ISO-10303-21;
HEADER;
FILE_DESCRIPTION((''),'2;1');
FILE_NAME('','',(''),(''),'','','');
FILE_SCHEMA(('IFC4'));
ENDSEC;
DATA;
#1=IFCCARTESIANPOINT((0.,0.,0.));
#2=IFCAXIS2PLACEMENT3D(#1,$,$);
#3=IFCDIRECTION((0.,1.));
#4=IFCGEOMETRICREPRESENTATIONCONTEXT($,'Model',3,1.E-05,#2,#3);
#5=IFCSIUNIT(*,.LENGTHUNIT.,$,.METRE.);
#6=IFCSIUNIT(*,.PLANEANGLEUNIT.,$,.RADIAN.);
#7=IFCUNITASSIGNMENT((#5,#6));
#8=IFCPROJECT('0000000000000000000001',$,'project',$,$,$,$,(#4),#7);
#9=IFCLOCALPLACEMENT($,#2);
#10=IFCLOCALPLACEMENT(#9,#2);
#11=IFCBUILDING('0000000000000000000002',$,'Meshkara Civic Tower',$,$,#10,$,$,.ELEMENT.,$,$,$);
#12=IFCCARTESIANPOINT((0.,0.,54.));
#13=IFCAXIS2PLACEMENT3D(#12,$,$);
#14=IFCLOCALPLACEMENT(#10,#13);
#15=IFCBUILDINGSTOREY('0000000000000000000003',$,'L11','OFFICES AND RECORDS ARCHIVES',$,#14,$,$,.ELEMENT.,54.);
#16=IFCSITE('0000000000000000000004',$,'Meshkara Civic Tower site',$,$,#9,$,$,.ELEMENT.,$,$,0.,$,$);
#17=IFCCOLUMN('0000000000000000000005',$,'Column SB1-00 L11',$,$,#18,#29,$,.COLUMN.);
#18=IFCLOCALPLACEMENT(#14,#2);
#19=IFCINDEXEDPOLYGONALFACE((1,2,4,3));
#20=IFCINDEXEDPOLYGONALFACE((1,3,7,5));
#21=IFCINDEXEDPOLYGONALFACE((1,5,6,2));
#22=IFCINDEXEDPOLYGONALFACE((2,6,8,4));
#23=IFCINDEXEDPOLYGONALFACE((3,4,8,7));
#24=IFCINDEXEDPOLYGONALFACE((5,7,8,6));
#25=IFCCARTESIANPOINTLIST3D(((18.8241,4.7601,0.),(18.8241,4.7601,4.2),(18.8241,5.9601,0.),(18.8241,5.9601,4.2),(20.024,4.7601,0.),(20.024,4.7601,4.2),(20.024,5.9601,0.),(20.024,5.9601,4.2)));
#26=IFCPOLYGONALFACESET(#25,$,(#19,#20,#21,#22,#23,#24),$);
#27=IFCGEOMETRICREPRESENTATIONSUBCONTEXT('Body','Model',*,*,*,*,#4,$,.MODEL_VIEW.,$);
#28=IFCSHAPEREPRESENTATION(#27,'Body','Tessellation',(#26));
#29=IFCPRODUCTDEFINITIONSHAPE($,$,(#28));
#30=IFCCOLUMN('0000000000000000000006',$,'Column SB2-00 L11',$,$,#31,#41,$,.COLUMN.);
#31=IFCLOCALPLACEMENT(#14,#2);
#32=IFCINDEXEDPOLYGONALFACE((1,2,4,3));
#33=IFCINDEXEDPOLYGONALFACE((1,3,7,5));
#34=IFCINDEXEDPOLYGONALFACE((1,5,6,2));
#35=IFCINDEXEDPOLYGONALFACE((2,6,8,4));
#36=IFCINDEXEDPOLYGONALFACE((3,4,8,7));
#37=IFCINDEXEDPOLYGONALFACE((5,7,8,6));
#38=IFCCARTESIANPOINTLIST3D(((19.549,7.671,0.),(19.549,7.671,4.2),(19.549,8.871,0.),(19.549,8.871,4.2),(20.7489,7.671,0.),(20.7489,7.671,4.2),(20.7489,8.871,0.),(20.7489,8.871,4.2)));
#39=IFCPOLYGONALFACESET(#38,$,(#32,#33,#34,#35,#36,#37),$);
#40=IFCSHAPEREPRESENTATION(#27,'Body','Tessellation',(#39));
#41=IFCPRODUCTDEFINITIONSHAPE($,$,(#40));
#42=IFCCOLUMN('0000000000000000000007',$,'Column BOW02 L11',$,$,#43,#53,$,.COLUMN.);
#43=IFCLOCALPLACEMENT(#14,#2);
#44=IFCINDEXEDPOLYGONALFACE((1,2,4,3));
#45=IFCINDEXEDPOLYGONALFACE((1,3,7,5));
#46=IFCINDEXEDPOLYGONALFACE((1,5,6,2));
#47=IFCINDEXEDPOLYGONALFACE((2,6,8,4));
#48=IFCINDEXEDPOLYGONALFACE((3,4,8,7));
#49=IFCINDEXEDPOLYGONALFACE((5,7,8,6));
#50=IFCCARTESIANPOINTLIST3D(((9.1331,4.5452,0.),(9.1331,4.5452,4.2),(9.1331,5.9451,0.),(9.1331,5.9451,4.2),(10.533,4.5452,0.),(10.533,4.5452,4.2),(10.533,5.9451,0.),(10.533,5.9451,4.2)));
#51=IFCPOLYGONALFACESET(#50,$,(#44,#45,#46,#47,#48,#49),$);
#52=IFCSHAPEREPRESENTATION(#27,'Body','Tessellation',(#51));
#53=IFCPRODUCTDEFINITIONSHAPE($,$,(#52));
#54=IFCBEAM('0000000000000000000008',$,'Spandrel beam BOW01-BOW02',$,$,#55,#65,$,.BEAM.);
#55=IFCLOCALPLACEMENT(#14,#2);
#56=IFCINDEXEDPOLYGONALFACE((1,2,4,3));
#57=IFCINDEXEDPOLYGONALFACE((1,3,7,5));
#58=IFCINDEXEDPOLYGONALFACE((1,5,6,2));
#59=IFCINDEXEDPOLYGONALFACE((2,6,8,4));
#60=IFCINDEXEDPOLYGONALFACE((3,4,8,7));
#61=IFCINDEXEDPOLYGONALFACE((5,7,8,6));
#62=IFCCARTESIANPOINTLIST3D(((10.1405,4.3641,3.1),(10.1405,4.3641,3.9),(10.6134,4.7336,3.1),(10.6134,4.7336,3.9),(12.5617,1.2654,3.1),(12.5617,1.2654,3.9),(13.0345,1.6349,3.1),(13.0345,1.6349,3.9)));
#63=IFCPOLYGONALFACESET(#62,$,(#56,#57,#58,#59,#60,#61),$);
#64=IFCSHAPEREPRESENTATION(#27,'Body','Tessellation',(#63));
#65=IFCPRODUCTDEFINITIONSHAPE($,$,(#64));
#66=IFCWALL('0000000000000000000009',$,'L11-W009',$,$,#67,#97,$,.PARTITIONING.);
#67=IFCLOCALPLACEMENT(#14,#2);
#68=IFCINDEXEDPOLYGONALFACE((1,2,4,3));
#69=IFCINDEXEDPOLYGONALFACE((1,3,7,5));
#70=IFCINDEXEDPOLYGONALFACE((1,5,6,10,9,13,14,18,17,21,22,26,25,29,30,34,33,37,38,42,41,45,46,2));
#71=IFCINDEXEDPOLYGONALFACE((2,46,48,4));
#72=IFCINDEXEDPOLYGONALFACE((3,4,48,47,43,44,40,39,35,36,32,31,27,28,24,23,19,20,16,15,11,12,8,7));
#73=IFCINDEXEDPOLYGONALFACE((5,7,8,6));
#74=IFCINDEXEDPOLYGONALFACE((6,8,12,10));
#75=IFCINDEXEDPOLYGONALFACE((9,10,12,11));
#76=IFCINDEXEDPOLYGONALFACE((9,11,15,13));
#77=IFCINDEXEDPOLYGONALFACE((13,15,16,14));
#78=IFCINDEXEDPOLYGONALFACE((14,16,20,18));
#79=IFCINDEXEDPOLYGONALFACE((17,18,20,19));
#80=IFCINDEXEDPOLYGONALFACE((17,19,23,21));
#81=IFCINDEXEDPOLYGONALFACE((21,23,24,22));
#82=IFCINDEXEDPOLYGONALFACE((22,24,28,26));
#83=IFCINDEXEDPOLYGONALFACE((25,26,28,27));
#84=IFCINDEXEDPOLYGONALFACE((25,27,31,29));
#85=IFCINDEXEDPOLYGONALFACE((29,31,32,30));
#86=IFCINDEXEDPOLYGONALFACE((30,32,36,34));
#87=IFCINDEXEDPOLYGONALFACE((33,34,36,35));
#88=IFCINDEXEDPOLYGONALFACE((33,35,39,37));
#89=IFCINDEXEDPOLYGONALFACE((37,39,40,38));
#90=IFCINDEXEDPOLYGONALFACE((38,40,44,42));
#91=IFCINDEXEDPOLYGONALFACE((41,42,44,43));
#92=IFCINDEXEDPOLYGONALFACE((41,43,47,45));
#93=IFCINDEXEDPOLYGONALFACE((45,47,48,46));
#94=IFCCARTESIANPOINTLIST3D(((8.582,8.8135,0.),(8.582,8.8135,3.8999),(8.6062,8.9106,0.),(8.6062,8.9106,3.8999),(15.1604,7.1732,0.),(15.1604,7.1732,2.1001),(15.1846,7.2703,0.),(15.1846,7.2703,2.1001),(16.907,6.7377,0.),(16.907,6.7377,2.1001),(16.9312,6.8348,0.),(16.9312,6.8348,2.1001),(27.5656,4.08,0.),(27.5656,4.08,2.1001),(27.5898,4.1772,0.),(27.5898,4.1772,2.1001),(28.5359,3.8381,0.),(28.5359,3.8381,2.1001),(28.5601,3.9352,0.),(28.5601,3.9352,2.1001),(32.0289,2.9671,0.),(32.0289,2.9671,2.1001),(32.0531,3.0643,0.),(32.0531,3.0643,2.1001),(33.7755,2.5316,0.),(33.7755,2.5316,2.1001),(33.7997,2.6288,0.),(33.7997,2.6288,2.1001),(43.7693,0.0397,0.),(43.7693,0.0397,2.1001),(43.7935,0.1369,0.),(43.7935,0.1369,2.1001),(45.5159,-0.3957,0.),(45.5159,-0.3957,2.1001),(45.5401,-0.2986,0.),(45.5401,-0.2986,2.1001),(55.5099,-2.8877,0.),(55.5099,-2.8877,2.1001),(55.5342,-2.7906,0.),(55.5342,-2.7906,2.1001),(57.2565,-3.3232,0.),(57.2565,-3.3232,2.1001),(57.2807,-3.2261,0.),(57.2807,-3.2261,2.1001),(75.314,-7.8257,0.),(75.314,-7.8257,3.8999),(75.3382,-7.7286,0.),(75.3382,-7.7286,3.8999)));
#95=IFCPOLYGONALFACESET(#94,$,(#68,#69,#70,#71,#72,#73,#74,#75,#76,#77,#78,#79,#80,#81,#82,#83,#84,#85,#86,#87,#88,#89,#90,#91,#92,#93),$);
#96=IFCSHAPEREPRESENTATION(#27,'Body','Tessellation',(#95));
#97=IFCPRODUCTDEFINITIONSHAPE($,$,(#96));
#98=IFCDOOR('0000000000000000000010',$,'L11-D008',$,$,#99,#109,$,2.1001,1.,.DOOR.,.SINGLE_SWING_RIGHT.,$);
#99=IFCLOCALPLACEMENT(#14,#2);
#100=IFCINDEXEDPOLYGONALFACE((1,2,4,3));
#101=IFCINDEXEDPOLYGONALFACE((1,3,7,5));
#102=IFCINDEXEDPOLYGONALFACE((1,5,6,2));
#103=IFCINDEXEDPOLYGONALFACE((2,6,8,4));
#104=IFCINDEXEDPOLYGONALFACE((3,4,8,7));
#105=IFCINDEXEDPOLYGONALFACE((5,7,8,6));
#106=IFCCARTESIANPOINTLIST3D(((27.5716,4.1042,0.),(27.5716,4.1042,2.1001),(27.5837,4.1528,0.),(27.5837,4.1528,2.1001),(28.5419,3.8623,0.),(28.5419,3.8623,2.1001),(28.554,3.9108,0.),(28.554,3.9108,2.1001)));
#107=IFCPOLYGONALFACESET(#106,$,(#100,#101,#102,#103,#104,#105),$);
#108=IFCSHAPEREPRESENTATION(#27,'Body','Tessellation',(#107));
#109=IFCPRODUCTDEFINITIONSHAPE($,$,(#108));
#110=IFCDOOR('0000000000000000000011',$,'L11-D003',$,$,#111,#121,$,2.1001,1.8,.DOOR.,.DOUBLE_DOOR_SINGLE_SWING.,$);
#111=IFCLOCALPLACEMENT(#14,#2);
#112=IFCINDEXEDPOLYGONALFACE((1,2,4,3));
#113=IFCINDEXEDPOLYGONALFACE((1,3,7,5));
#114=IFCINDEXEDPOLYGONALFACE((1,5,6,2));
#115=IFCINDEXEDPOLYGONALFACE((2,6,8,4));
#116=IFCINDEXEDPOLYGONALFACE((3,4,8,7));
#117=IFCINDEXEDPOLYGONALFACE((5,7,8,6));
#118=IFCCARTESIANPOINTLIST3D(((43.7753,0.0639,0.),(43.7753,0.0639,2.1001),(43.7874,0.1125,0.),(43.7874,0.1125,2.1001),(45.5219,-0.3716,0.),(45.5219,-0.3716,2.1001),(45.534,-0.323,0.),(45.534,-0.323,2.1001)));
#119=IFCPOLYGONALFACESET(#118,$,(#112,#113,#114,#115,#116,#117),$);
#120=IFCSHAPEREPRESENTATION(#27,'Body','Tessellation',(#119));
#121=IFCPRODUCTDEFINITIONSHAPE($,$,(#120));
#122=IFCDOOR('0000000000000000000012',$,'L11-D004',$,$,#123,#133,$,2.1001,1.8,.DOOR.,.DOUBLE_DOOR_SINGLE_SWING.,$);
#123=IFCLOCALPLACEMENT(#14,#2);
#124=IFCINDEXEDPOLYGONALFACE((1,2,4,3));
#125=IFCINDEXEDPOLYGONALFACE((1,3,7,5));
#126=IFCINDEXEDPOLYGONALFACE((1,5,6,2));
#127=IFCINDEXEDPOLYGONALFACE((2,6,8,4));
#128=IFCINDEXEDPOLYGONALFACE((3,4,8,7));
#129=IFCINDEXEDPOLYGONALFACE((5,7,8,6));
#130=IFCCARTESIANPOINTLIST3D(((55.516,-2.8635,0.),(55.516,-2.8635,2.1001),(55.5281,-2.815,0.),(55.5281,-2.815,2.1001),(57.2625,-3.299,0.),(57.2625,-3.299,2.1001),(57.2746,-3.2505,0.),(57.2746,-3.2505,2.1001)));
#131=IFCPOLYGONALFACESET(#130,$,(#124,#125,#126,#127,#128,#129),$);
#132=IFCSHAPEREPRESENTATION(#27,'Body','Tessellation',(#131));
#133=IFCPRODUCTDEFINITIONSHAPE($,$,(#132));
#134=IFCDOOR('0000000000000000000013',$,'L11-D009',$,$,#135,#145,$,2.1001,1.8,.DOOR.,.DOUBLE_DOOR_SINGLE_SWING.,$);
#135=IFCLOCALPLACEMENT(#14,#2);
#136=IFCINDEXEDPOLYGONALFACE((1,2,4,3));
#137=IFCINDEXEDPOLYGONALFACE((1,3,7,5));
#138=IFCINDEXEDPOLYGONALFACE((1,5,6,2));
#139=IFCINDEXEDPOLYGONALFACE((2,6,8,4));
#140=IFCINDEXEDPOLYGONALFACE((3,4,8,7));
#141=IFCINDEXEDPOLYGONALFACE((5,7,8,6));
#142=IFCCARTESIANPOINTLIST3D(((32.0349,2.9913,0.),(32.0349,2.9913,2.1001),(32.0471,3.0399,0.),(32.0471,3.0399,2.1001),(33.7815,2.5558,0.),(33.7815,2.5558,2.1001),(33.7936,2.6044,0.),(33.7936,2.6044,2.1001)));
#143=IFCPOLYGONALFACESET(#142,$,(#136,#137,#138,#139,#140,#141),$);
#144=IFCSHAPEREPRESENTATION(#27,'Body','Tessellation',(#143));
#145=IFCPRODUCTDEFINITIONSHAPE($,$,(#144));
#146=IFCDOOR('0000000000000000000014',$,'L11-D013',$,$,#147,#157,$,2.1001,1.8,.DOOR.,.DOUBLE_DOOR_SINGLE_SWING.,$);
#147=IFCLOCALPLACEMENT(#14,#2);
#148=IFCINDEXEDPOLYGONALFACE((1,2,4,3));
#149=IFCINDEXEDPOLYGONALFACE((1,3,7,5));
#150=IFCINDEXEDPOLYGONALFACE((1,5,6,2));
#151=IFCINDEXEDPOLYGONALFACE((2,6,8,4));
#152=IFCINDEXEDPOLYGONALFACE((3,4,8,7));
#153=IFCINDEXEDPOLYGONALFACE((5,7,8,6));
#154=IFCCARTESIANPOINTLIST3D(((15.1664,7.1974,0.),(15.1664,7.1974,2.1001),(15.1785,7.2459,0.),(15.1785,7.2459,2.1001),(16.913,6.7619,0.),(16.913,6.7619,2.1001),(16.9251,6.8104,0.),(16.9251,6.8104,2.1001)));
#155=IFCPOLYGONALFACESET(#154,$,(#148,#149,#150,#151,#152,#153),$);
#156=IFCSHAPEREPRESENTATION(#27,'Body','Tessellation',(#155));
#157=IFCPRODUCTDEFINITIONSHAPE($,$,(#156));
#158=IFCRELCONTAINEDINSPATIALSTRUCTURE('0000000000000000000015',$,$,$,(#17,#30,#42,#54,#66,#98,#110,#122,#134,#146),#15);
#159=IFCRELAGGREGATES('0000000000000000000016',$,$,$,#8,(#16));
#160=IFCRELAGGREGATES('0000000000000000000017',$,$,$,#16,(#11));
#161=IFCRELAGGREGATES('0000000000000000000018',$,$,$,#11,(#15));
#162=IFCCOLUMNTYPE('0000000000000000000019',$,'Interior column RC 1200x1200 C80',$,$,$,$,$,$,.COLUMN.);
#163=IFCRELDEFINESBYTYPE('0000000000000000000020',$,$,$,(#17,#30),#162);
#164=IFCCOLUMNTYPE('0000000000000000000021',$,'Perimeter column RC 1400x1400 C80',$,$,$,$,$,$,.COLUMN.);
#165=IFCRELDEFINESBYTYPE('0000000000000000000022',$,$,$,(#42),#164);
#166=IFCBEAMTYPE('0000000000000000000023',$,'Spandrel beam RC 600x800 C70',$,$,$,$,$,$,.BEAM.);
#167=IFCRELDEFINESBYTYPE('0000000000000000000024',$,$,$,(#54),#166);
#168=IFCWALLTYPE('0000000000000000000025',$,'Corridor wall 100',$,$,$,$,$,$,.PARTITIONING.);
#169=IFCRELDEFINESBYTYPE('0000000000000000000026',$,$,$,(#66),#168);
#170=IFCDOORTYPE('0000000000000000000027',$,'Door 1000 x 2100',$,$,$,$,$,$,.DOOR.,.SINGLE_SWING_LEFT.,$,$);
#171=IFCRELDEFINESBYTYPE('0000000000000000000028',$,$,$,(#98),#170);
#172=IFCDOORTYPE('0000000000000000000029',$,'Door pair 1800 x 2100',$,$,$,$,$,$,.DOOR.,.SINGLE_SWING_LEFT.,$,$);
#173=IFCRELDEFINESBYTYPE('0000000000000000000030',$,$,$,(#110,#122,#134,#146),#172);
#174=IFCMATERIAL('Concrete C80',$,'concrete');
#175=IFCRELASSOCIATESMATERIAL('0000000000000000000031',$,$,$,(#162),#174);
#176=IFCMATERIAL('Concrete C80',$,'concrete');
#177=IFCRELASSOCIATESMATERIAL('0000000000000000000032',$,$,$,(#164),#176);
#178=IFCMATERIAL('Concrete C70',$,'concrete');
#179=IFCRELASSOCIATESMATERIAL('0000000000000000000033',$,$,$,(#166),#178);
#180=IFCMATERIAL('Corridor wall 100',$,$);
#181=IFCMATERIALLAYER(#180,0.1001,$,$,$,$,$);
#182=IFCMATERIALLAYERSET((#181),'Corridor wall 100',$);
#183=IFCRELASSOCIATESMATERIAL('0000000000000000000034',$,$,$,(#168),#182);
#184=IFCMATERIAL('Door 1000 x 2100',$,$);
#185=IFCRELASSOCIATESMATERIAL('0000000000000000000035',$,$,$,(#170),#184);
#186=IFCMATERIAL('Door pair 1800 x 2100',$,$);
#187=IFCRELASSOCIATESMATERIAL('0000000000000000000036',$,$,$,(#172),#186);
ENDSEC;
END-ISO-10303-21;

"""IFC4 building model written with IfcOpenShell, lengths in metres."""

from ifc_helpers import new_model, si_unit, direction, frame, frame_2d, origin, origin_2d, place, context, subcontext, project, spatial, rectangle, extrude, material, layer, layer_set, material_profile, profile_set, type_object, element, fill, save


model = new_model("IFC4")

# Units and contexts
model_context = context("Model", 3, precision=1e-05, world=origin(), true_north=direction((0.0, 1.0)))
body_context = subcontext(model_context, "Body", "Model", "MODEL_VIEW")
ifc_project = project(units=[si_unit("LENGTHUNIT", "METRE"), si_unit("PLANEANGLEUNIT", "RADIAN")], contexts=[model_context])

# Site, building, storey
site_placement = place(None, origin())
site = spatial("IfcSite", under=ifc_project, at=site_placement, Name="Meshkara Civic Tower site", CompositionType="ELEMENT", RefElevation=0.0)
building_placement = place(site_placement, origin())
building = spatial("IfcBuilding", under=site, at=building_placement, Name="Meshkara Civic Tower", CompositionType="ELEMENT")
storey_placement = place(building_placement, frame((0.0, 0.0, 54.0)))
storey = spatial("IfcBuildingStorey", under=building, at=storey_placement, Name="L11", Description="OFFICES AND RECORDS ARCHIVES", CompositionType="ELEMENT", Elevation=54.0)

# Columns
ifc_material_1 = material(Name="Concrete C80", Category="concrete")
ifc_material_profile_1 = material_profile(ifc_material_1, rectangle(XDim=1.2, YDim=1.2, at=origin_2d()))
ifc_profile_set_1 = profile_set([ifc_material_profile_1], Name="Concrete C80")
column_type_1 = type_object("IfcColumnType", Name="Interior column RC 1200x1200 C80", PredefinedType="COLUMN", material=ifc_profile_set_1)
for number, where, z_axis, x_axis, name in (
    (1, (19.4241, 5.3601, 0.0), (0.0, 0.0, 1.0), (1.0, 0.0, 0.0), "Column SB1-00 L11"),
    (2, (20.1489, 8.271, 0.0), (0.0, 0.0, 1.0), (1.0, 0.0, 0.0), "Column SB2-00 L11"),
):
    element("IfcColumn", number, at=place(storey_placement, frame(where, z_axis=z_axis, x_axis=x_axis)), inside=storey, type_object=column_type_1, Name=name, PredefinedType="COLUMN", context=body_context, shape_type="SweptSolid", body=[
        extrude(rectangle(XDim=1.2, YDim=1.2, at=origin_2d()), origin(), (0.0, 0.0, 1.0), 4.2),
    ])
ifc_material_2 = material(Name="Concrete C80", Category="concrete")
ifc_material_profile_2 = material_profile(ifc_material_2, rectangle(XDim=1.3999, YDim=1.3999, at=origin_2d()))
ifc_profile_set_2 = profile_set([ifc_material_profile_2], Name="Concrete C80")
column_type_2 = type_object("IfcColumnType", Name="Perimeter column RC 1400x1400 C80", PredefinedType="COLUMN", material=ifc_profile_set_2)
column_placement = place(storey_placement, frame((9.833, 5.2451, 0.0), z_axis=(0.0, 0.0, 1.0), x_axis=(1.0, 0.0, 0.0)))
element("IfcColumn", 3, at=column_placement, inside=storey, type_object=column_type_2, Name="Column BOW02 L11", PredefinedType="COLUMN", context=body_context, shape_type="SweptSolid", body=[
    extrude(rectangle(XDim=1.3999, YDim=1.3999, at=origin_2d()), origin(), (0.0, 0.0, 1.0), 4.2),
])

# Beam
ifc_material_3 = material(Name="Concrete C70", Category="concrete")
ifc_material_profile_3 = material_profile(ifc_material_3, rectangle(XDim=0.6001, YDim=0.8, at=origin_2d()))
ifc_profile_set_3 = profile_set([ifc_material_profile_3], Name="Concrete C70")
beam_type = type_object("IfcBeamType", Name="Spandrel beam RC 600x800 C70", PredefinedType="BEAM", material=ifc_profile_set_3)
beam_placement = place(storey_placement, frame((10.377, 4.5488, 3.5), z_axis=(0.615697, -0.787983, 0.0), x_axis=(0.787983, 0.615697, 0.0)))
element("IfcBeam", 4, at=beam_placement, inside=storey, type_object=beam_type, Name="Spandrel beam BOW01-BOW02", PredefinedType="BEAM", context=body_context, shape_type="SweptSolid", body=[
    extrude(rectangle(XDim=0.6001, YDim=0.8, at=origin_2d()), origin(), (0.0, 0.0, 1.0), 3.9324),
])

# Wall, openings, doors
ifc_material_4 = material(Name="Corridor wall 100")
ifc_layer_1 = layer(ifc_material_4, 0.1001)
ifc_layer_set_1 = layer_set([ifc_layer_1], Name="Corridor wall 100")
wall_type_1 = type_object("IfcWallType", Name="Corridor wall 100", PredefinedType="PARTITIONING", material=ifc_layer_set_1)
wall_1_placement = place(storey_placement, frame((8.594, 8.8621, 0.0), z_axis=(0.0, 0.0, 1.0), x_axis=(0.970292, -0.241936, 0.0)))
wall_1 = element("IfcWall", 5, at=wall_1_placement, inside=storey, type_object=wall_type_1, Name="L11-W009", PredefinedType="PARTITIONING", context=body_context, shape_type="SweptSolid", body=[
    extrude(rectangle(XDim=68.7751, YDim=0.1001, at=frame_2d((34.3877, 0.0))), origin(), (0.0, 0.0, 1.0), 3.8999),
])
opening_1_placement = place(wall_1_placement, frame((36.2649, 0.0, 0.0)))
opening_1 = element("IfcOpeningElement", 6, at=opening_1_placement, cuts=wall_1, PredefinedType="OPENING", context=body_context, shape_type="SweptSolid", body=[
    extrude(rectangle(XDim=1.8, YDim=2.1001, at=frame_2d((0.8999, 1.05))), frame((0.0, 0.0601, 0.0), z_axis=(0.0, -1.0, 0.0), x_axis=(1.0, 0.0, 0.0)), (0.0, 0.0, 1.0), 0.1201),
])
opening_2_placement = place(wall_1_placement, frame((48.365, 0.0, 0.0)))
opening_2 = element("IfcOpeningElement", 7, at=opening_2_placement, cuts=wall_1, PredefinedType="OPENING", context=body_context, shape_type="SweptSolid", body=[
    extrude(rectangle(XDim=1.8, YDim=2.1001, at=frame_2d((0.8999, 1.05))), frame((0.0, 0.0601, 0.0), z_axis=(0.0, -1.0, 0.0), x_axis=(1.0, 0.0, 0.0)), (0.0, 0.0, 1.0), 0.1201),
])
opening_3_placement = place(wall_1_placement, frame((19.5649, 0.0, 0.0)))
opening_3 = element("IfcOpeningElement", 8, at=opening_3_placement, cuts=wall_1, PredefinedType="OPENING", context=body_context, shape_type="SweptSolid", body=[
    extrude(rectangle(XDim=1.0, YDim=2.1001, at=frame_2d((0.5, 1.05))), frame((0.0, 0.0601, 0.0), z_axis=(0.0, -1.0, 0.0), x_axis=(1.0, 0.0, 0.0)), (0.0, 0.0, 1.0), 0.1201),
])
opening_4_placement = place(wall_1_placement, frame((24.165, 0.0, 0.0)))
opening_4 = element("IfcOpeningElement", 9, at=opening_4_placement, cuts=wall_1, PredefinedType="OPENING", context=body_context, shape_type="SweptSolid", body=[
    extrude(rectangle(XDim=1.8, YDim=2.1001, at=frame_2d((0.8999, 1.05))), frame((0.0, 0.0601, 0.0), z_axis=(0.0, -1.0, 0.0), x_axis=(1.0, 0.0, 0.0)), (0.0, 0.0, 1.0), 0.1201),
])
opening_5_placement = place(wall_1_placement, frame((6.78, 0.0, 0.0)))
opening_5 = element("IfcOpeningElement", 10, at=opening_5_placement, cuts=wall_1, PredefinedType="OPENING", context=body_context, shape_type="SweptSolid", body=[
    extrude(rectangle(XDim=1.8, YDim=2.1001, at=frame_2d((0.8999, 1.05))), frame((0.0, 0.0601, 0.0), z_axis=(0.0, -1.0, 0.0), x_axis=(1.0, 0.0, 0.0)), (0.0, 0.0, 1.0), 0.1201),
])
ifc_material_5 = material(Name="Door 1000 x 2100")
door_type_1 = type_object("IfcDoorType", Name="Door 1000 x 2100", OperationType="SINGLE_SWING_LEFT", PredefinedType="DOOR", material=ifc_material_5)
door_1_placement = place(opening_3_placement, origin())
door_1 = element("IfcDoor", 11, at=door_1_placement, inside=storey, type_object=door_type_1, Name="L11-D008", OperationType="SINGLE_SWING_RIGHT", OverallHeight=2.1001, OverallWidth=1.0, PredefinedType="DOOR", context=body_context, shape_type="SweptSolid", body=[
    extrude(rectangle(XDim=1.0, YDim=2.1001, at=frame_2d((0.5, 1.05))), frame((0.0, 0.0249, 0.0), z_axis=(0.0, -1.0, 0.0), x_axis=(1.0, 0.0, 0.0)), (0.0, 0.0, 1.0), 0.05),
])
fill(opening_3, door_1)
ifc_material_6 = material(Name="Door pair 1800 x 2100")
door_type_2 = type_object("IfcDoorType", Name="Door pair 1800 x 2100", OperationType="SINGLE_SWING_LEFT", PredefinedType="DOOR", material=ifc_material_6)
door_2_placement = place(opening_1_placement, origin())
door_2 = element("IfcDoor", 12, at=door_2_placement, inside=storey, type_object=door_type_2, Name="L11-D003", OperationType="DOUBLE_DOOR_SINGLE_SWING", OverallHeight=2.1001, OverallWidth=1.8, PredefinedType="DOOR", context=body_context, shape_type="SweptSolid", body=[
    extrude(rectangle(XDim=1.8, YDim=2.1001, at=frame_2d((0.8999, 1.05))), frame((0.0, 0.0249, 0.0), z_axis=(0.0, -1.0, 0.0), x_axis=(1.0, 0.0, 0.0)), (0.0, 0.0, 1.0), 0.05),
])
fill(opening_1, door_2)
door_3_placement = place(opening_2_placement, origin())
door_3 = element("IfcDoor", 13, at=door_3_placement, inside=storey, type_object=door_type_2, Name="L11-D004", OperationType="DOUBLE_DOOR_SINGLE_SWING", OverallHeight=2.1001, OverallWidth=1.8, PredefinedType="DOOR", context=body_context, shape_type="SweptSolid", body=[
    extrude(rectangle(XDim=1.8, YDim=2.1001, at=frame_2d((0.8999, 1.05))), frame((0.0, 0.0249, 0.0), z_axis=(0.0, -1.0, 0.0), x_axis=(1.0, 0.0, 0.0)), (0.0, 0.0, 1.0), 0.05),
])
fill(opening_2, door_3)
door_4_placement = place(opening_4_placement, origin())
door_4 = element("IfcDoor", 14, at=door_4_placement, inside=storey, type_object=door_type_2, Name="L11-D009", OperationType="DOUBLE_DOOR_SINGLE_SWING", OverallHeight=2.1001, OverallWidth=1.8, PredefinedType="DOOR", context=body_context, shape_type="SweptSolid", body=[
    extrude(rectangle(XDim=1.8, YDim=2.1001, at=frame_2d((0.8999, 1.05))), frame((0.0, 0.0249, 0.0), z_axis=(0.0, -1.0, 0.0), x_axis=(1.0, 0.0, 0.0)), (0.0, 0.0, 1.0), 0.05),
])
fill(opening_4, door_4)
door_5_placement = place(opening_5_placement, origin())
door_5 = element("IfcDoor", 15, at=door_5_placement, inside=storey, type_object=door_type_2, Name="L11-D013", OperationType="DOUBLE_DOOR_SINGLE_SWING", OverallHeight=2.1001, OverallWidth=1.8, PredefinedType="DOOR", context=body_context, shape_type="SweptSolid", body=[
    extrude(rectangle(XDim=1.8, YDim=2.1001, at=frame_2d((0.8999, 1.05))), frame((0.0, 0.0249, 0.0), z_axis=(0.0, -1.0, 0.0), x_axis=(1.0, 0.0, 0.0)), (0.0, 0.0, 1.0), 0.05),
])
fill(opening_5, door_5)

save(model, "model.ifc")
